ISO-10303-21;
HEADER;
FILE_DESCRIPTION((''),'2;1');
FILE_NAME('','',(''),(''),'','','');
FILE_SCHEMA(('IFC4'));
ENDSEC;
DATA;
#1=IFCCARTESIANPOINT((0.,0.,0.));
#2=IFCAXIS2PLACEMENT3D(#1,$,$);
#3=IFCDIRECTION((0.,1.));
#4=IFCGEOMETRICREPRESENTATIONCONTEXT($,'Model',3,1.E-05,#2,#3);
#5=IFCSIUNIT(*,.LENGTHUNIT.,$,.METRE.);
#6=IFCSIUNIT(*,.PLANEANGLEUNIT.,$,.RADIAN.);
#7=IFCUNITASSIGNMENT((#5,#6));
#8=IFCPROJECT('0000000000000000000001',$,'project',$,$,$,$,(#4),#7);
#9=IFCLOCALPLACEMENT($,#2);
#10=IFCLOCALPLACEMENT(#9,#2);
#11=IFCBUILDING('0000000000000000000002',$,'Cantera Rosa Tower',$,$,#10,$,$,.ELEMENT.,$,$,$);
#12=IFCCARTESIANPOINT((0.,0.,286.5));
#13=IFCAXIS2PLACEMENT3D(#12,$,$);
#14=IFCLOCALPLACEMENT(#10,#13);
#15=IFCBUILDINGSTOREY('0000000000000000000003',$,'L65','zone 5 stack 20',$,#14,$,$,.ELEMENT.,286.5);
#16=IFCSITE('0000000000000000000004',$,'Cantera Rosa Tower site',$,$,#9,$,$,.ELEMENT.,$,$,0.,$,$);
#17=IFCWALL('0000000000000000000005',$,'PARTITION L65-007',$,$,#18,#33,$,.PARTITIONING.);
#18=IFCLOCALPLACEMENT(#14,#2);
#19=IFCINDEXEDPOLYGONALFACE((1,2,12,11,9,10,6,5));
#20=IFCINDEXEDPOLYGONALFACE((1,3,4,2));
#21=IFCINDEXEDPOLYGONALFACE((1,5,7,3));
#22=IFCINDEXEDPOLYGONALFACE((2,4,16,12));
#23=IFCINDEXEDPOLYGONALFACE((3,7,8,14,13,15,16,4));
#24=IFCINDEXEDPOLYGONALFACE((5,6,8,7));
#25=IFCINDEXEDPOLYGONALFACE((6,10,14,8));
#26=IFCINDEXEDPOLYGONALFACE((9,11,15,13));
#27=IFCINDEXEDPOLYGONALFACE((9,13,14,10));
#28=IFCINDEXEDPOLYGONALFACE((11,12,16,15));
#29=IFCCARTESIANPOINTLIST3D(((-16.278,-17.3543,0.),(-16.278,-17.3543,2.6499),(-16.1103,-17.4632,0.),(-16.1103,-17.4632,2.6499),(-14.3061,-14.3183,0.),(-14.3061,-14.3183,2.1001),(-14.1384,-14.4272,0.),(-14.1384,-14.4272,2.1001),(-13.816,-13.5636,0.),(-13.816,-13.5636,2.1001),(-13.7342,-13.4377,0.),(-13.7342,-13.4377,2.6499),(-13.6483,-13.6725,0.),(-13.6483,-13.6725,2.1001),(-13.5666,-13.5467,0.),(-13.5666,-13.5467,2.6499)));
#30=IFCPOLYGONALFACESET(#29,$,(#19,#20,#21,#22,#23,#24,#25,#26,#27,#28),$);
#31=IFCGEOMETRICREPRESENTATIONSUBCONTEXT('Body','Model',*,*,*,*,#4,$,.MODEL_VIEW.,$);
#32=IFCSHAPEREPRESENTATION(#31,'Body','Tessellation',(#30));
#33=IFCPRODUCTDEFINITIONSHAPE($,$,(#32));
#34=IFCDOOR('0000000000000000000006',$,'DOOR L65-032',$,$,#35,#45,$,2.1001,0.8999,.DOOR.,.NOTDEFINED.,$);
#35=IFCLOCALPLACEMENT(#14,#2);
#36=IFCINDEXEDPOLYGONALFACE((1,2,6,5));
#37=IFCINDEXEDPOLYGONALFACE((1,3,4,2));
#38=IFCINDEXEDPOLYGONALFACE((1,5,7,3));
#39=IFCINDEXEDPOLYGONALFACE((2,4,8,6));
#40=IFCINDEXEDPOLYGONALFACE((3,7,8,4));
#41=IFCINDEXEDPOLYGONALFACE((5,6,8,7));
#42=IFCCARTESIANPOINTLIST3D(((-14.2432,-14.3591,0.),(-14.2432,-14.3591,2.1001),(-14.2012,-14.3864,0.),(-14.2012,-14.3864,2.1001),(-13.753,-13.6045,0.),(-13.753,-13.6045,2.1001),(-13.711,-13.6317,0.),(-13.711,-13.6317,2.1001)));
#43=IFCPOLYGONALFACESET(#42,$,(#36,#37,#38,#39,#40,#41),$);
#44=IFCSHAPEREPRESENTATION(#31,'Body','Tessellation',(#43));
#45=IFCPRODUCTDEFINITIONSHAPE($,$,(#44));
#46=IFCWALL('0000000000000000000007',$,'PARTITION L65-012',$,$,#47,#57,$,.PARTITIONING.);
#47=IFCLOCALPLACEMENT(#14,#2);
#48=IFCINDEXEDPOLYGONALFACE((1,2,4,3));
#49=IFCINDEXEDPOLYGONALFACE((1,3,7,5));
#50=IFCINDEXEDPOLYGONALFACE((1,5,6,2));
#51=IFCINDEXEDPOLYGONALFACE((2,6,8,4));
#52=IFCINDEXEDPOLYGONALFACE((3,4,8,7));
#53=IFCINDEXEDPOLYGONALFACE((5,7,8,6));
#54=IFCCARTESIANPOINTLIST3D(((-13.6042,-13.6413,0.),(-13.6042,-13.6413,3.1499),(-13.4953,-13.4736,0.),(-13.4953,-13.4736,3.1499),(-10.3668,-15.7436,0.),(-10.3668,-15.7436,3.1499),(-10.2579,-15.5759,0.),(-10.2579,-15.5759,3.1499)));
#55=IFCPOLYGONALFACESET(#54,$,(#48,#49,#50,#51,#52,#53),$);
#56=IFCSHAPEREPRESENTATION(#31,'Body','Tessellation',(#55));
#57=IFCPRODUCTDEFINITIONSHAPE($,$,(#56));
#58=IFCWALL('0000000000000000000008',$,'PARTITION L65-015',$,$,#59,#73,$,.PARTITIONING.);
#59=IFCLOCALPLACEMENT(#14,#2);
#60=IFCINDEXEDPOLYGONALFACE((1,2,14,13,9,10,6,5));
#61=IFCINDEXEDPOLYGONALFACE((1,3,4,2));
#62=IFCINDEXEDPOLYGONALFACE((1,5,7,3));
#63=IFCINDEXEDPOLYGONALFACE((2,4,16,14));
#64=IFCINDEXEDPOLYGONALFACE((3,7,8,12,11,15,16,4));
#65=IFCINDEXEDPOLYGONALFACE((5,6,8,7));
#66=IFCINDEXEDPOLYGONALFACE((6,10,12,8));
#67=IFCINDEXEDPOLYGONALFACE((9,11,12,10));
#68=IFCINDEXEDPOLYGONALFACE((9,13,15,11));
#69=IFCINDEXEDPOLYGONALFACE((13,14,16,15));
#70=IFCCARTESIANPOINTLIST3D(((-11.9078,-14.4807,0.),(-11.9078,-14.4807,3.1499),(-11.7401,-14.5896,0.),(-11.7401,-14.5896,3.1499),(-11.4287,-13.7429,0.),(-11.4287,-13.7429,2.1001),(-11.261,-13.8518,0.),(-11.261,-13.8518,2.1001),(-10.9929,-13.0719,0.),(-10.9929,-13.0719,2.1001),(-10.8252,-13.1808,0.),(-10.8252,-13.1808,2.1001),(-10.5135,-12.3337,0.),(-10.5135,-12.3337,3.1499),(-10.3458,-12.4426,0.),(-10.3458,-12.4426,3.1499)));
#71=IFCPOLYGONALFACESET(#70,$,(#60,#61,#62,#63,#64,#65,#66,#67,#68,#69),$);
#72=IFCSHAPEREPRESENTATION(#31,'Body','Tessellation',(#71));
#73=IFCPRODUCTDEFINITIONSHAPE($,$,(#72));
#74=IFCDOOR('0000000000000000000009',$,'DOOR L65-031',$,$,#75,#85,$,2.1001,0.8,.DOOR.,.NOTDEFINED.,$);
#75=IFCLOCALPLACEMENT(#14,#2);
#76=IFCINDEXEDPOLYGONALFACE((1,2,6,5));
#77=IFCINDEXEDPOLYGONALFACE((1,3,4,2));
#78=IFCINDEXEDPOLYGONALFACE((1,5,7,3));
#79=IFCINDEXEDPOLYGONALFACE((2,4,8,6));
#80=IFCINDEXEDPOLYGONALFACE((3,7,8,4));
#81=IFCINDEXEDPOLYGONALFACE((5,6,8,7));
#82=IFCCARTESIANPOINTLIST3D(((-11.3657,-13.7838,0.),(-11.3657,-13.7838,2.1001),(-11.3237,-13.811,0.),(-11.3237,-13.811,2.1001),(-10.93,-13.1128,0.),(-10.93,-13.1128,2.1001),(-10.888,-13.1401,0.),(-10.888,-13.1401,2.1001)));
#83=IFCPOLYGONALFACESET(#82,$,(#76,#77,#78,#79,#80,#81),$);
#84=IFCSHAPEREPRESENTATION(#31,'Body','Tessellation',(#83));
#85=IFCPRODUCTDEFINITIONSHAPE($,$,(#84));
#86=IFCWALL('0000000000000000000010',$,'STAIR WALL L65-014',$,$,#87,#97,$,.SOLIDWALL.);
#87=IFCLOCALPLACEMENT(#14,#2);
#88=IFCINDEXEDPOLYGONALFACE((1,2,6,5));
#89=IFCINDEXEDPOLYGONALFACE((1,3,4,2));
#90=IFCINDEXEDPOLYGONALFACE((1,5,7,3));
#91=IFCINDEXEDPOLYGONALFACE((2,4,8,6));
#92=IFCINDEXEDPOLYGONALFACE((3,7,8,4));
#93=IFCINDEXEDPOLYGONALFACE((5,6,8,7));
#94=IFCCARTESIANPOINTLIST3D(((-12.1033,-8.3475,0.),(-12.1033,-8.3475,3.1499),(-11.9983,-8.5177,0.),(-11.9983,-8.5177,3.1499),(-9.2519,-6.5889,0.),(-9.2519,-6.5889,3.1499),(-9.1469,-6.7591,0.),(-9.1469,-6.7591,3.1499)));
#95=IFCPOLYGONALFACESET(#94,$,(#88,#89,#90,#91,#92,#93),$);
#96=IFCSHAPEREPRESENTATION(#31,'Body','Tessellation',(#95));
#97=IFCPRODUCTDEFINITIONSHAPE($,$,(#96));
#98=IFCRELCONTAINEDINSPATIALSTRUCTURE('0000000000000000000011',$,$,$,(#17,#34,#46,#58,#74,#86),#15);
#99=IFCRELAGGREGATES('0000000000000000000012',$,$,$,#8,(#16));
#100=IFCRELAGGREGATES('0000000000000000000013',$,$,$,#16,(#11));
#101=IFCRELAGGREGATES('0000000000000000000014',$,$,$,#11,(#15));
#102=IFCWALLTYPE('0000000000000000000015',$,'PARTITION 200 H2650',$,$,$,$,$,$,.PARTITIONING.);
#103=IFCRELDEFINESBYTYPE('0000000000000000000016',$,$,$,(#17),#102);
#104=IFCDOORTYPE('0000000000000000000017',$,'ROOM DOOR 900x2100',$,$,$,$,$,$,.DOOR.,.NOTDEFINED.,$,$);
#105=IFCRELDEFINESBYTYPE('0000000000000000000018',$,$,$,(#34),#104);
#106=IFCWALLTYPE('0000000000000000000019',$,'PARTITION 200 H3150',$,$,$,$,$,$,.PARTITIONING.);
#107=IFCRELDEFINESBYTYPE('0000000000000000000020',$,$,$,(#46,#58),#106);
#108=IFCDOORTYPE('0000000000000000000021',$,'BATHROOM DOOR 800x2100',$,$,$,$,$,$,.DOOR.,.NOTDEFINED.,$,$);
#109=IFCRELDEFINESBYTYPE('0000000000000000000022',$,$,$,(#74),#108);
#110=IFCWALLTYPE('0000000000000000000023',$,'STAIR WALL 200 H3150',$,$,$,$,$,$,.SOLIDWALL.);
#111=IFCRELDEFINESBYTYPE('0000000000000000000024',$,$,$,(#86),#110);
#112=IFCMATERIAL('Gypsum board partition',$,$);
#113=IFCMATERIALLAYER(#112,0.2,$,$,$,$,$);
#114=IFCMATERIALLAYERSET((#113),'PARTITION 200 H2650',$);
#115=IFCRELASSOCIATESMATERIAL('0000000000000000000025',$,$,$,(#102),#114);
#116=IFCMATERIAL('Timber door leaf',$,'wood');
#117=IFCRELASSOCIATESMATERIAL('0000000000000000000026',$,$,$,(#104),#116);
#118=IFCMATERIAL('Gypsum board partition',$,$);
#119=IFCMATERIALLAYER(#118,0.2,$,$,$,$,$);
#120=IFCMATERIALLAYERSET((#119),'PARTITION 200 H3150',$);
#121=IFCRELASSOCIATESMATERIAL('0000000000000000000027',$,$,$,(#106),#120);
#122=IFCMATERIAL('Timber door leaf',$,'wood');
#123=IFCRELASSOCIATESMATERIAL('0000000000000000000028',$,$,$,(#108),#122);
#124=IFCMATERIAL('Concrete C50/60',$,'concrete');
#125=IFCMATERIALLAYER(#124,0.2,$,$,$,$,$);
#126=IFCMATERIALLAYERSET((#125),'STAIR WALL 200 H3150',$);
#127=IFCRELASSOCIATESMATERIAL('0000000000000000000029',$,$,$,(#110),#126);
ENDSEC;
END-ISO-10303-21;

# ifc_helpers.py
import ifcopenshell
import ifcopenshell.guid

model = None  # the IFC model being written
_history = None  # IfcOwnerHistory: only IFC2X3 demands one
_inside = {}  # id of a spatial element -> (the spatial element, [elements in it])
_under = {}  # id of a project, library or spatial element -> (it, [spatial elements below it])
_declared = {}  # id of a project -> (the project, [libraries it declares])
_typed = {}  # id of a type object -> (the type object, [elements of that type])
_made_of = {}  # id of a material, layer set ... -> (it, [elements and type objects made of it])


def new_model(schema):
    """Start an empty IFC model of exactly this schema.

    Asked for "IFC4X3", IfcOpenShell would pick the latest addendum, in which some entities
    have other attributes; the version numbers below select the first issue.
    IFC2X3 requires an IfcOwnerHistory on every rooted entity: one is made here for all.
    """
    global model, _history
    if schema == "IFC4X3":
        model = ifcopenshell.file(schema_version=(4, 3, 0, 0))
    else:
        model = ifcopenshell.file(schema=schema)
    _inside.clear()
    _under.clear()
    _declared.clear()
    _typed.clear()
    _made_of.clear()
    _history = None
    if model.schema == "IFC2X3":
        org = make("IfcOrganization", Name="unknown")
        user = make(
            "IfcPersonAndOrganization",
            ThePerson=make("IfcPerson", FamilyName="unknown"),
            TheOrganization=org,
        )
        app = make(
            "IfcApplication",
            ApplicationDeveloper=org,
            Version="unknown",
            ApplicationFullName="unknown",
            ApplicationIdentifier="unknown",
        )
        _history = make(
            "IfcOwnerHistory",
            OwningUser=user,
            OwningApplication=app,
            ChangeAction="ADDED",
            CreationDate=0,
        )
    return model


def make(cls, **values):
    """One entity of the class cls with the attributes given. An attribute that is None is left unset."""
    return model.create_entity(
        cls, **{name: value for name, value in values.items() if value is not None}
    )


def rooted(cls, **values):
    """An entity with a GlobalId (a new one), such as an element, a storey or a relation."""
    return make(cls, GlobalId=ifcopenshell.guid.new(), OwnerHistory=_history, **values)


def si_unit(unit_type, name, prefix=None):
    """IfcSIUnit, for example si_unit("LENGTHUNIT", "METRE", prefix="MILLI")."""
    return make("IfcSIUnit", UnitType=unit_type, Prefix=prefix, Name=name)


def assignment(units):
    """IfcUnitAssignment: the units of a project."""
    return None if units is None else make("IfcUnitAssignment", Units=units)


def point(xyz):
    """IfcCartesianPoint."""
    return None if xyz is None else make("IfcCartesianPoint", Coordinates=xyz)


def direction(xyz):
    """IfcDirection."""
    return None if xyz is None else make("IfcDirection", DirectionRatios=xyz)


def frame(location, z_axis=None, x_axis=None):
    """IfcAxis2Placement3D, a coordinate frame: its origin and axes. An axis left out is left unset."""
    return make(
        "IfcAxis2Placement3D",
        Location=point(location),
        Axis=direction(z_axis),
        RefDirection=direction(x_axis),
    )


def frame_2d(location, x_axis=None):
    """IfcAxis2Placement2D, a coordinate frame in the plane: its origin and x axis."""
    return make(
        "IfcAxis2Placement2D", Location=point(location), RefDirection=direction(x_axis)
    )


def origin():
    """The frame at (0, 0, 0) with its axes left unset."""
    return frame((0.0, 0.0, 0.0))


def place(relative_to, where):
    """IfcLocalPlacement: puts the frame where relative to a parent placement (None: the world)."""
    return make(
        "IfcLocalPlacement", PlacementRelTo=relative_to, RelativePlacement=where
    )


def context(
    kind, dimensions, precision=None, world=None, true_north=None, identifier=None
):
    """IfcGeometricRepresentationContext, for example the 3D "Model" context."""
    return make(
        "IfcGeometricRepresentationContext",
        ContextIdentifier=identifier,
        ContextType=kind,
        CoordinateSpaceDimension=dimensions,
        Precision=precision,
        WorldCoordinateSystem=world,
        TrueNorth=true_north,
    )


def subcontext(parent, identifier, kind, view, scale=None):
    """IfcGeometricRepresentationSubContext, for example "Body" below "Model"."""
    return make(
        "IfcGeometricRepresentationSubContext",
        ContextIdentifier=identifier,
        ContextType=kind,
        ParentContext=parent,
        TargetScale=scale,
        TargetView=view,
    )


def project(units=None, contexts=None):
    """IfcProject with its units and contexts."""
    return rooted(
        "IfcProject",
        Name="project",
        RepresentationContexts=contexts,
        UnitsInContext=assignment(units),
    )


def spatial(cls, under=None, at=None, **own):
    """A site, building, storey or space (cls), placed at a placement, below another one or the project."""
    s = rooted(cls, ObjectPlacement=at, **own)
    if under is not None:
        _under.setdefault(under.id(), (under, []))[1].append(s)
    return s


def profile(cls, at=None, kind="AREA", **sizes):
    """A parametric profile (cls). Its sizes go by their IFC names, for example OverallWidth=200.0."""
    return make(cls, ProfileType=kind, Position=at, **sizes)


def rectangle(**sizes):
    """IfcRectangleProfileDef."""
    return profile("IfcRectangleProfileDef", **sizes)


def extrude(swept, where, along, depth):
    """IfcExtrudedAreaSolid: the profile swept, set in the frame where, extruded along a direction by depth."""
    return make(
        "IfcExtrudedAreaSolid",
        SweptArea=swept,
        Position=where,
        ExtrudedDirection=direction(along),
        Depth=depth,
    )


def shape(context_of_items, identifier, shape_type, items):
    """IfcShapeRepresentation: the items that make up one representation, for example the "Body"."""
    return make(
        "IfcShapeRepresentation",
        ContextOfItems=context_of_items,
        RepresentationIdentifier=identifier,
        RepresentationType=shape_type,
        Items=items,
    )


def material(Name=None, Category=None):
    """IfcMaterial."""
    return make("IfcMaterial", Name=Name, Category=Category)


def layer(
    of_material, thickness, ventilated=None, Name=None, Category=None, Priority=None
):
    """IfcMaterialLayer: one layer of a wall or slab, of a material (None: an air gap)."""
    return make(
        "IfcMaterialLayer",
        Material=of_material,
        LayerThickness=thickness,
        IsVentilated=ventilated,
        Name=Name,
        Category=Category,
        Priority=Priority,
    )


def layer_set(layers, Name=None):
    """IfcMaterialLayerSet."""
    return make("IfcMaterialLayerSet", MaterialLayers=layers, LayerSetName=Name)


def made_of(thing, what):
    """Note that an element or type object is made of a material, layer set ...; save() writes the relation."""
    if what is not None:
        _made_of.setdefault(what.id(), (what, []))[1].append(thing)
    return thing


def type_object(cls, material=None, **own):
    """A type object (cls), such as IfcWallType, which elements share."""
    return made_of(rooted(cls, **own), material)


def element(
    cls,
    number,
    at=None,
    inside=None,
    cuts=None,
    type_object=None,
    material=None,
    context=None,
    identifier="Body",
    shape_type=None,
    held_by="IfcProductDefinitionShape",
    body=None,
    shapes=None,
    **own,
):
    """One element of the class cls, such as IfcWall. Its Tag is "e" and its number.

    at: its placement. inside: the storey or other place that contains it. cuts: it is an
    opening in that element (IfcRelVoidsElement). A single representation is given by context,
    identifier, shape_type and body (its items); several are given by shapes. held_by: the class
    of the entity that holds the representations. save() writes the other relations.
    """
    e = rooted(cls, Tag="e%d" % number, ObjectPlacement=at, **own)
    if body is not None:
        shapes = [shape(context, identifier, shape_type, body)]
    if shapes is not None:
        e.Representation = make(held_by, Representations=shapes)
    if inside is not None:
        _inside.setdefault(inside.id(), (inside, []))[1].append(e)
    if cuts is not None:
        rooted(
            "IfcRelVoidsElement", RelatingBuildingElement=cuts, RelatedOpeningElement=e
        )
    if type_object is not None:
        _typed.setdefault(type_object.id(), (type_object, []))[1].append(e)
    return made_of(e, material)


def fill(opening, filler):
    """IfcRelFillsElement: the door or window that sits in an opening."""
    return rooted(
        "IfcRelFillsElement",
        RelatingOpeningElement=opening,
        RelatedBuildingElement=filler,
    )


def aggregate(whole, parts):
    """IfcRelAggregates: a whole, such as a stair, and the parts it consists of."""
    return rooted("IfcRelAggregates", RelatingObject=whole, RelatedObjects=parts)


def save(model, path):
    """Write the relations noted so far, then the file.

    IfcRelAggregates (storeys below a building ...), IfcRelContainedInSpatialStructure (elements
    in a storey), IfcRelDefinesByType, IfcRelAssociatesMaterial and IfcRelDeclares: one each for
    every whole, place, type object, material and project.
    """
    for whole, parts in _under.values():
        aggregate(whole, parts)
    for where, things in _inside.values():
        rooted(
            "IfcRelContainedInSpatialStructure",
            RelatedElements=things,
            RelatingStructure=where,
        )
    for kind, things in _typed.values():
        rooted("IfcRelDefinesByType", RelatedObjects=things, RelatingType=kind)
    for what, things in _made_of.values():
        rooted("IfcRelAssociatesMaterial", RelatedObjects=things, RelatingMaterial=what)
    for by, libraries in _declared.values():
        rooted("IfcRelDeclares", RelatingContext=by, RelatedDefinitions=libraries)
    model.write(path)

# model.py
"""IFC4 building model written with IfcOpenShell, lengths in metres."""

from ifc_helpers import new_model, si_unit, direction, frame, frame_2d, origin, place, context, subcontext, project, spatial, rectangle, extrude, material, layer, layer_set, type_object, element, fill, save


model = new_model("IFC4")

# Units and contexts
model_context = context("Model", 3, precision=1e-05, world=origin(), true_north=direction((0.0, 1.0)))
body_context = subcontext(model_context, "Body", "Model", "MODEL_VIEW")
ifc_project = project(units=[si_unit("LENGTHUNIT", "METRE"), si_unit("PLANEANGLEUNIT", "RADIAN")], contexts=[model_context])

# Site, building, storey
site_placement = place(None, origin())
site = spatial("IfcSite", under=ifc_project, at=site_placement, Name="Cantera Rosa Tower site", CompositionType="ELEMENT", RefElevation=0.0)
building_placement = place(site_placement, origin())
building = spatial("IfcBuilding", under=site, at=building_placement, Name="Cantera Rosa Tower", CompositionType="ELEMENT")
storey_placement = place(building_placement, frame((0.0, 0.0, 286.5)))
storey = spatial("IfcBuildingStorey", under=building, at=storey_placement, Name="L65", Description="zone 5 stack 20", CompositionType="ELEMENT", Elevation=286.5)

# Wall, opening, door
ifc_material_1 = material(Name="Gypsum board partition")
ifc_layer_1 = layer(ifc_material_1, 0.2)
ifc_layer_set_1 = layer_set([ifc_layer_1], Name="PARTITION 200 H2650")
wall_type_1 = type_object("IfcWallType", Name="PARTITION 200 H2650", PredefinedType="PARTITIONING", material=ifc_layer_set_1)
wall_1_placement = place(storey_placement, frame((-16.1941, -17.4087, 0.0), z_axis=(0.0, 0.0, 1.0), x_axis=(0.544683, 0.838642, 0.0)))
wall_1 = element("IfcWall", 1, at=wall_1_placement, inside=storey, type_object=wall_type_1, Name="PARTITION L65-007", PredefinedType="PARTITIONING", context=body_context, shape_type="SweptSolid", body=[
    extrude(rectangle(XDim=4.6702, YDim=0.2, at=frame_2d((2.335, 0.0))), origin(), (0.0, 0.0, 1.0), 2.6499),
])
opening_1_placement = place(wall_1_placement, frame((3.6201, 0.0, 0.0)))
opening_1 = element("IfcOpeningElement", 2, at=opening_1_placement, cuts=wall_1, PredefinedType="OPENING", context=body_context, shape_type="SweptSolid", body=[
    extrude(rectangle(XDim=0.8999, YDim=2.1001, at=frame_2d((0.45, 1.05))), frame((0.0, 0.1099, 0.0), z_axis=(0.0, -1.0, 0.0), x_axis=(1.0, 0.0, 0.0)), (0.0, 0.0, 1.0), 0.22),
])
ifc_material_2 = material(Name="Timber door leaf", Category="wood")
door_type_1 = type_object("IfcDoorType", Name="ROOM DOOR 900x2100", OperationType="NOTDEFINED", PredefinedType="DOOR", material=ifc_material_2)
door_1_placement = place(opening_1_placement, origin())
door_1 = element("IfcDoor", 3, at=door_1_placement, inside=storey, type_object=door_type_1, Name="DOOR L65-032", OperationType="NOTDEFINED", OverallHeight=2.1001, OverallWidth=0.8999, PredefinedType="DOOR", context=body_context, shape_type="SweptSolid", body=[
    extrude(rectangle(XDim=0.8999, YDim=2.1001, at=frame_2d((0.45, 1.05))), frame((0.0, 0.0249, 0.0), z_axis=(0.0, -1.0, 0.0), x_axis=(1.0, 0.0, 0.0)), (0.0, 0.0, 1.0), 0.05),
])
fill(opening_1, door_1)

# Wall
ifc_material_3 = material(Name="Gypsum board partition")
ifc_layer_2 = layer(ifc_material_3, 0.2)
ifc_layer_set_2 = layer_set([ifc_layer_2], Name="PARTITION 200 H3150")
wall_type_2 = type_object("IfcWallType", Name="PARTITION 200 H3150", PredefinedType="PARTITIONING", material=ifc_layer_set_2)
wall_2_placement = place(storey_placement, frame((-13.5498, -13.5574, 0.0), z_axis=(0.0, 0.0, 1.0), x_axis=(0.838675, -0.544633, 0.0)))
element("IfcWall", 4, at=wall_2_placement, inside=storey, type_object=wall_type_2, Name="PARTITION L65-012", PredefinedType="PARTITIONING", context=body_context, shape_type="SweptSolid", body=[
    extrude(rectangle(XDim=3.8601, YDim=0.2, at=frame_2d((1.9302, 0.0))), origin(), (0.0, 0.0, 1.0), 3.1499),
])

# Wall, opening, door
wall_3_placement = place(storey_placement, frame((-11.824, -14.5352, 0.0), z_axis=(0.0, 0.0, 1.0), x_axis=(0.544646, 0.838666, 0.0)))
wall_3 = element("IfcWall", 5, at=wall_3_placement, inside=storey, type_object=wall_type_2, Name="PARTITION L65-015", PredefinedType="PARTITIONING", context=body_context, shape_type="SweptSolid", body=[
    extrude(rectangle(XDim=2.5601, YDim=0.2, at=frame_2d((1.28, 0.0))), origin(), (0.0, 0.0, 1.0), 3.1499),
])
opening_2_placement = place(wall_3_placement, frame((0.8799, 0.0, 0.0)))
opening_2 = element("IfcOpeningElement", 6, at=opening_2_placement, cuts=wall_3, PredefinedType="OPENING", context=body_context, shape_type="SweptSolid", body=[
    extrude(rectangle(XDim=0.8, YDim=2.1001, at=frame_2d((0.3999, 1.05))), frame((0.0, 0.1099, 0.0), z_axis=(0.0, -1.0, 0.0), x_axis=(1.0, 0.0, 0.0)), (0.0, 0.0, 1.0), 0.22),
])
ifc_material_4 = material(Name="Timber door leaf", Category="wood")
door_type_2 = type_object("IfcDoorType", Name="BATHROOM DOOR 800x2100", OperationType="NOTDEFINED", PredefinedType="DOOR", material=ifc_material_4)
door_2_placement = place(opening_2_placement, origin())
door_2 = element("IfcDoor", 7, at=door_2_placement, inside=storey, type_object=door_type_2, Name="DOOR L65-031", OperationType="NOTDEFINED", OverallHeight=2.1001, OverallWidth=0.8, PredefinedType="DOOR", context=body_context, shape_type="SweptSolid", body=[
    extrude(rectangle(XDim=0.8, YDim=2.1001, at=frame_2d((0.3999, 1.05))), frame((0.0, 0.0249, 0.0), z_axis=(0.0, -1.0, 0.0), x_axis=(1.0, 0.0, 0.0)), (0.0, 0.0, 1.0), 0.05),
])
fill(opening_2, door_2)

# Wall
ifc_material_5 = material(Name="Concrete C50/60", Category="concrete")
ifc_layer_3 = layer(ifc_material_5, 0.2)
ifc_layer_set_3 = layer_set([ifc_layer_3], Name="STAIR WALL 200 H3150")
wall_type_3 = type_object("IfcWallType", Name="STAIR WALL 200 H3150", PredefinedType="SOLIDWALL", material=ifc_layer_set_3)
wall_4_placement = place(storey_placement, frame((-12.0508, -8.4326, 0.0), z_axis=(0.0, 0.0, 1.0), x_axis=(0.85114, 0.524939, 0.0)))
element("IfcWall", 8, at=wall_4_placement, inside=storey, type_object=wall_type_3, Name="STAIR WALL L65-014", PredefinedType="SOLIDWALL", context=body_context, shape_type="SweptSolid", body=[
    extrude(rectangle(XDim=3.3501, YDim=0.2, at=frame_2d((1.675, 0.0))), origin(), (0.0, 0.0, 1.0), 3.1499),
])

save(model, "model.ifc")
